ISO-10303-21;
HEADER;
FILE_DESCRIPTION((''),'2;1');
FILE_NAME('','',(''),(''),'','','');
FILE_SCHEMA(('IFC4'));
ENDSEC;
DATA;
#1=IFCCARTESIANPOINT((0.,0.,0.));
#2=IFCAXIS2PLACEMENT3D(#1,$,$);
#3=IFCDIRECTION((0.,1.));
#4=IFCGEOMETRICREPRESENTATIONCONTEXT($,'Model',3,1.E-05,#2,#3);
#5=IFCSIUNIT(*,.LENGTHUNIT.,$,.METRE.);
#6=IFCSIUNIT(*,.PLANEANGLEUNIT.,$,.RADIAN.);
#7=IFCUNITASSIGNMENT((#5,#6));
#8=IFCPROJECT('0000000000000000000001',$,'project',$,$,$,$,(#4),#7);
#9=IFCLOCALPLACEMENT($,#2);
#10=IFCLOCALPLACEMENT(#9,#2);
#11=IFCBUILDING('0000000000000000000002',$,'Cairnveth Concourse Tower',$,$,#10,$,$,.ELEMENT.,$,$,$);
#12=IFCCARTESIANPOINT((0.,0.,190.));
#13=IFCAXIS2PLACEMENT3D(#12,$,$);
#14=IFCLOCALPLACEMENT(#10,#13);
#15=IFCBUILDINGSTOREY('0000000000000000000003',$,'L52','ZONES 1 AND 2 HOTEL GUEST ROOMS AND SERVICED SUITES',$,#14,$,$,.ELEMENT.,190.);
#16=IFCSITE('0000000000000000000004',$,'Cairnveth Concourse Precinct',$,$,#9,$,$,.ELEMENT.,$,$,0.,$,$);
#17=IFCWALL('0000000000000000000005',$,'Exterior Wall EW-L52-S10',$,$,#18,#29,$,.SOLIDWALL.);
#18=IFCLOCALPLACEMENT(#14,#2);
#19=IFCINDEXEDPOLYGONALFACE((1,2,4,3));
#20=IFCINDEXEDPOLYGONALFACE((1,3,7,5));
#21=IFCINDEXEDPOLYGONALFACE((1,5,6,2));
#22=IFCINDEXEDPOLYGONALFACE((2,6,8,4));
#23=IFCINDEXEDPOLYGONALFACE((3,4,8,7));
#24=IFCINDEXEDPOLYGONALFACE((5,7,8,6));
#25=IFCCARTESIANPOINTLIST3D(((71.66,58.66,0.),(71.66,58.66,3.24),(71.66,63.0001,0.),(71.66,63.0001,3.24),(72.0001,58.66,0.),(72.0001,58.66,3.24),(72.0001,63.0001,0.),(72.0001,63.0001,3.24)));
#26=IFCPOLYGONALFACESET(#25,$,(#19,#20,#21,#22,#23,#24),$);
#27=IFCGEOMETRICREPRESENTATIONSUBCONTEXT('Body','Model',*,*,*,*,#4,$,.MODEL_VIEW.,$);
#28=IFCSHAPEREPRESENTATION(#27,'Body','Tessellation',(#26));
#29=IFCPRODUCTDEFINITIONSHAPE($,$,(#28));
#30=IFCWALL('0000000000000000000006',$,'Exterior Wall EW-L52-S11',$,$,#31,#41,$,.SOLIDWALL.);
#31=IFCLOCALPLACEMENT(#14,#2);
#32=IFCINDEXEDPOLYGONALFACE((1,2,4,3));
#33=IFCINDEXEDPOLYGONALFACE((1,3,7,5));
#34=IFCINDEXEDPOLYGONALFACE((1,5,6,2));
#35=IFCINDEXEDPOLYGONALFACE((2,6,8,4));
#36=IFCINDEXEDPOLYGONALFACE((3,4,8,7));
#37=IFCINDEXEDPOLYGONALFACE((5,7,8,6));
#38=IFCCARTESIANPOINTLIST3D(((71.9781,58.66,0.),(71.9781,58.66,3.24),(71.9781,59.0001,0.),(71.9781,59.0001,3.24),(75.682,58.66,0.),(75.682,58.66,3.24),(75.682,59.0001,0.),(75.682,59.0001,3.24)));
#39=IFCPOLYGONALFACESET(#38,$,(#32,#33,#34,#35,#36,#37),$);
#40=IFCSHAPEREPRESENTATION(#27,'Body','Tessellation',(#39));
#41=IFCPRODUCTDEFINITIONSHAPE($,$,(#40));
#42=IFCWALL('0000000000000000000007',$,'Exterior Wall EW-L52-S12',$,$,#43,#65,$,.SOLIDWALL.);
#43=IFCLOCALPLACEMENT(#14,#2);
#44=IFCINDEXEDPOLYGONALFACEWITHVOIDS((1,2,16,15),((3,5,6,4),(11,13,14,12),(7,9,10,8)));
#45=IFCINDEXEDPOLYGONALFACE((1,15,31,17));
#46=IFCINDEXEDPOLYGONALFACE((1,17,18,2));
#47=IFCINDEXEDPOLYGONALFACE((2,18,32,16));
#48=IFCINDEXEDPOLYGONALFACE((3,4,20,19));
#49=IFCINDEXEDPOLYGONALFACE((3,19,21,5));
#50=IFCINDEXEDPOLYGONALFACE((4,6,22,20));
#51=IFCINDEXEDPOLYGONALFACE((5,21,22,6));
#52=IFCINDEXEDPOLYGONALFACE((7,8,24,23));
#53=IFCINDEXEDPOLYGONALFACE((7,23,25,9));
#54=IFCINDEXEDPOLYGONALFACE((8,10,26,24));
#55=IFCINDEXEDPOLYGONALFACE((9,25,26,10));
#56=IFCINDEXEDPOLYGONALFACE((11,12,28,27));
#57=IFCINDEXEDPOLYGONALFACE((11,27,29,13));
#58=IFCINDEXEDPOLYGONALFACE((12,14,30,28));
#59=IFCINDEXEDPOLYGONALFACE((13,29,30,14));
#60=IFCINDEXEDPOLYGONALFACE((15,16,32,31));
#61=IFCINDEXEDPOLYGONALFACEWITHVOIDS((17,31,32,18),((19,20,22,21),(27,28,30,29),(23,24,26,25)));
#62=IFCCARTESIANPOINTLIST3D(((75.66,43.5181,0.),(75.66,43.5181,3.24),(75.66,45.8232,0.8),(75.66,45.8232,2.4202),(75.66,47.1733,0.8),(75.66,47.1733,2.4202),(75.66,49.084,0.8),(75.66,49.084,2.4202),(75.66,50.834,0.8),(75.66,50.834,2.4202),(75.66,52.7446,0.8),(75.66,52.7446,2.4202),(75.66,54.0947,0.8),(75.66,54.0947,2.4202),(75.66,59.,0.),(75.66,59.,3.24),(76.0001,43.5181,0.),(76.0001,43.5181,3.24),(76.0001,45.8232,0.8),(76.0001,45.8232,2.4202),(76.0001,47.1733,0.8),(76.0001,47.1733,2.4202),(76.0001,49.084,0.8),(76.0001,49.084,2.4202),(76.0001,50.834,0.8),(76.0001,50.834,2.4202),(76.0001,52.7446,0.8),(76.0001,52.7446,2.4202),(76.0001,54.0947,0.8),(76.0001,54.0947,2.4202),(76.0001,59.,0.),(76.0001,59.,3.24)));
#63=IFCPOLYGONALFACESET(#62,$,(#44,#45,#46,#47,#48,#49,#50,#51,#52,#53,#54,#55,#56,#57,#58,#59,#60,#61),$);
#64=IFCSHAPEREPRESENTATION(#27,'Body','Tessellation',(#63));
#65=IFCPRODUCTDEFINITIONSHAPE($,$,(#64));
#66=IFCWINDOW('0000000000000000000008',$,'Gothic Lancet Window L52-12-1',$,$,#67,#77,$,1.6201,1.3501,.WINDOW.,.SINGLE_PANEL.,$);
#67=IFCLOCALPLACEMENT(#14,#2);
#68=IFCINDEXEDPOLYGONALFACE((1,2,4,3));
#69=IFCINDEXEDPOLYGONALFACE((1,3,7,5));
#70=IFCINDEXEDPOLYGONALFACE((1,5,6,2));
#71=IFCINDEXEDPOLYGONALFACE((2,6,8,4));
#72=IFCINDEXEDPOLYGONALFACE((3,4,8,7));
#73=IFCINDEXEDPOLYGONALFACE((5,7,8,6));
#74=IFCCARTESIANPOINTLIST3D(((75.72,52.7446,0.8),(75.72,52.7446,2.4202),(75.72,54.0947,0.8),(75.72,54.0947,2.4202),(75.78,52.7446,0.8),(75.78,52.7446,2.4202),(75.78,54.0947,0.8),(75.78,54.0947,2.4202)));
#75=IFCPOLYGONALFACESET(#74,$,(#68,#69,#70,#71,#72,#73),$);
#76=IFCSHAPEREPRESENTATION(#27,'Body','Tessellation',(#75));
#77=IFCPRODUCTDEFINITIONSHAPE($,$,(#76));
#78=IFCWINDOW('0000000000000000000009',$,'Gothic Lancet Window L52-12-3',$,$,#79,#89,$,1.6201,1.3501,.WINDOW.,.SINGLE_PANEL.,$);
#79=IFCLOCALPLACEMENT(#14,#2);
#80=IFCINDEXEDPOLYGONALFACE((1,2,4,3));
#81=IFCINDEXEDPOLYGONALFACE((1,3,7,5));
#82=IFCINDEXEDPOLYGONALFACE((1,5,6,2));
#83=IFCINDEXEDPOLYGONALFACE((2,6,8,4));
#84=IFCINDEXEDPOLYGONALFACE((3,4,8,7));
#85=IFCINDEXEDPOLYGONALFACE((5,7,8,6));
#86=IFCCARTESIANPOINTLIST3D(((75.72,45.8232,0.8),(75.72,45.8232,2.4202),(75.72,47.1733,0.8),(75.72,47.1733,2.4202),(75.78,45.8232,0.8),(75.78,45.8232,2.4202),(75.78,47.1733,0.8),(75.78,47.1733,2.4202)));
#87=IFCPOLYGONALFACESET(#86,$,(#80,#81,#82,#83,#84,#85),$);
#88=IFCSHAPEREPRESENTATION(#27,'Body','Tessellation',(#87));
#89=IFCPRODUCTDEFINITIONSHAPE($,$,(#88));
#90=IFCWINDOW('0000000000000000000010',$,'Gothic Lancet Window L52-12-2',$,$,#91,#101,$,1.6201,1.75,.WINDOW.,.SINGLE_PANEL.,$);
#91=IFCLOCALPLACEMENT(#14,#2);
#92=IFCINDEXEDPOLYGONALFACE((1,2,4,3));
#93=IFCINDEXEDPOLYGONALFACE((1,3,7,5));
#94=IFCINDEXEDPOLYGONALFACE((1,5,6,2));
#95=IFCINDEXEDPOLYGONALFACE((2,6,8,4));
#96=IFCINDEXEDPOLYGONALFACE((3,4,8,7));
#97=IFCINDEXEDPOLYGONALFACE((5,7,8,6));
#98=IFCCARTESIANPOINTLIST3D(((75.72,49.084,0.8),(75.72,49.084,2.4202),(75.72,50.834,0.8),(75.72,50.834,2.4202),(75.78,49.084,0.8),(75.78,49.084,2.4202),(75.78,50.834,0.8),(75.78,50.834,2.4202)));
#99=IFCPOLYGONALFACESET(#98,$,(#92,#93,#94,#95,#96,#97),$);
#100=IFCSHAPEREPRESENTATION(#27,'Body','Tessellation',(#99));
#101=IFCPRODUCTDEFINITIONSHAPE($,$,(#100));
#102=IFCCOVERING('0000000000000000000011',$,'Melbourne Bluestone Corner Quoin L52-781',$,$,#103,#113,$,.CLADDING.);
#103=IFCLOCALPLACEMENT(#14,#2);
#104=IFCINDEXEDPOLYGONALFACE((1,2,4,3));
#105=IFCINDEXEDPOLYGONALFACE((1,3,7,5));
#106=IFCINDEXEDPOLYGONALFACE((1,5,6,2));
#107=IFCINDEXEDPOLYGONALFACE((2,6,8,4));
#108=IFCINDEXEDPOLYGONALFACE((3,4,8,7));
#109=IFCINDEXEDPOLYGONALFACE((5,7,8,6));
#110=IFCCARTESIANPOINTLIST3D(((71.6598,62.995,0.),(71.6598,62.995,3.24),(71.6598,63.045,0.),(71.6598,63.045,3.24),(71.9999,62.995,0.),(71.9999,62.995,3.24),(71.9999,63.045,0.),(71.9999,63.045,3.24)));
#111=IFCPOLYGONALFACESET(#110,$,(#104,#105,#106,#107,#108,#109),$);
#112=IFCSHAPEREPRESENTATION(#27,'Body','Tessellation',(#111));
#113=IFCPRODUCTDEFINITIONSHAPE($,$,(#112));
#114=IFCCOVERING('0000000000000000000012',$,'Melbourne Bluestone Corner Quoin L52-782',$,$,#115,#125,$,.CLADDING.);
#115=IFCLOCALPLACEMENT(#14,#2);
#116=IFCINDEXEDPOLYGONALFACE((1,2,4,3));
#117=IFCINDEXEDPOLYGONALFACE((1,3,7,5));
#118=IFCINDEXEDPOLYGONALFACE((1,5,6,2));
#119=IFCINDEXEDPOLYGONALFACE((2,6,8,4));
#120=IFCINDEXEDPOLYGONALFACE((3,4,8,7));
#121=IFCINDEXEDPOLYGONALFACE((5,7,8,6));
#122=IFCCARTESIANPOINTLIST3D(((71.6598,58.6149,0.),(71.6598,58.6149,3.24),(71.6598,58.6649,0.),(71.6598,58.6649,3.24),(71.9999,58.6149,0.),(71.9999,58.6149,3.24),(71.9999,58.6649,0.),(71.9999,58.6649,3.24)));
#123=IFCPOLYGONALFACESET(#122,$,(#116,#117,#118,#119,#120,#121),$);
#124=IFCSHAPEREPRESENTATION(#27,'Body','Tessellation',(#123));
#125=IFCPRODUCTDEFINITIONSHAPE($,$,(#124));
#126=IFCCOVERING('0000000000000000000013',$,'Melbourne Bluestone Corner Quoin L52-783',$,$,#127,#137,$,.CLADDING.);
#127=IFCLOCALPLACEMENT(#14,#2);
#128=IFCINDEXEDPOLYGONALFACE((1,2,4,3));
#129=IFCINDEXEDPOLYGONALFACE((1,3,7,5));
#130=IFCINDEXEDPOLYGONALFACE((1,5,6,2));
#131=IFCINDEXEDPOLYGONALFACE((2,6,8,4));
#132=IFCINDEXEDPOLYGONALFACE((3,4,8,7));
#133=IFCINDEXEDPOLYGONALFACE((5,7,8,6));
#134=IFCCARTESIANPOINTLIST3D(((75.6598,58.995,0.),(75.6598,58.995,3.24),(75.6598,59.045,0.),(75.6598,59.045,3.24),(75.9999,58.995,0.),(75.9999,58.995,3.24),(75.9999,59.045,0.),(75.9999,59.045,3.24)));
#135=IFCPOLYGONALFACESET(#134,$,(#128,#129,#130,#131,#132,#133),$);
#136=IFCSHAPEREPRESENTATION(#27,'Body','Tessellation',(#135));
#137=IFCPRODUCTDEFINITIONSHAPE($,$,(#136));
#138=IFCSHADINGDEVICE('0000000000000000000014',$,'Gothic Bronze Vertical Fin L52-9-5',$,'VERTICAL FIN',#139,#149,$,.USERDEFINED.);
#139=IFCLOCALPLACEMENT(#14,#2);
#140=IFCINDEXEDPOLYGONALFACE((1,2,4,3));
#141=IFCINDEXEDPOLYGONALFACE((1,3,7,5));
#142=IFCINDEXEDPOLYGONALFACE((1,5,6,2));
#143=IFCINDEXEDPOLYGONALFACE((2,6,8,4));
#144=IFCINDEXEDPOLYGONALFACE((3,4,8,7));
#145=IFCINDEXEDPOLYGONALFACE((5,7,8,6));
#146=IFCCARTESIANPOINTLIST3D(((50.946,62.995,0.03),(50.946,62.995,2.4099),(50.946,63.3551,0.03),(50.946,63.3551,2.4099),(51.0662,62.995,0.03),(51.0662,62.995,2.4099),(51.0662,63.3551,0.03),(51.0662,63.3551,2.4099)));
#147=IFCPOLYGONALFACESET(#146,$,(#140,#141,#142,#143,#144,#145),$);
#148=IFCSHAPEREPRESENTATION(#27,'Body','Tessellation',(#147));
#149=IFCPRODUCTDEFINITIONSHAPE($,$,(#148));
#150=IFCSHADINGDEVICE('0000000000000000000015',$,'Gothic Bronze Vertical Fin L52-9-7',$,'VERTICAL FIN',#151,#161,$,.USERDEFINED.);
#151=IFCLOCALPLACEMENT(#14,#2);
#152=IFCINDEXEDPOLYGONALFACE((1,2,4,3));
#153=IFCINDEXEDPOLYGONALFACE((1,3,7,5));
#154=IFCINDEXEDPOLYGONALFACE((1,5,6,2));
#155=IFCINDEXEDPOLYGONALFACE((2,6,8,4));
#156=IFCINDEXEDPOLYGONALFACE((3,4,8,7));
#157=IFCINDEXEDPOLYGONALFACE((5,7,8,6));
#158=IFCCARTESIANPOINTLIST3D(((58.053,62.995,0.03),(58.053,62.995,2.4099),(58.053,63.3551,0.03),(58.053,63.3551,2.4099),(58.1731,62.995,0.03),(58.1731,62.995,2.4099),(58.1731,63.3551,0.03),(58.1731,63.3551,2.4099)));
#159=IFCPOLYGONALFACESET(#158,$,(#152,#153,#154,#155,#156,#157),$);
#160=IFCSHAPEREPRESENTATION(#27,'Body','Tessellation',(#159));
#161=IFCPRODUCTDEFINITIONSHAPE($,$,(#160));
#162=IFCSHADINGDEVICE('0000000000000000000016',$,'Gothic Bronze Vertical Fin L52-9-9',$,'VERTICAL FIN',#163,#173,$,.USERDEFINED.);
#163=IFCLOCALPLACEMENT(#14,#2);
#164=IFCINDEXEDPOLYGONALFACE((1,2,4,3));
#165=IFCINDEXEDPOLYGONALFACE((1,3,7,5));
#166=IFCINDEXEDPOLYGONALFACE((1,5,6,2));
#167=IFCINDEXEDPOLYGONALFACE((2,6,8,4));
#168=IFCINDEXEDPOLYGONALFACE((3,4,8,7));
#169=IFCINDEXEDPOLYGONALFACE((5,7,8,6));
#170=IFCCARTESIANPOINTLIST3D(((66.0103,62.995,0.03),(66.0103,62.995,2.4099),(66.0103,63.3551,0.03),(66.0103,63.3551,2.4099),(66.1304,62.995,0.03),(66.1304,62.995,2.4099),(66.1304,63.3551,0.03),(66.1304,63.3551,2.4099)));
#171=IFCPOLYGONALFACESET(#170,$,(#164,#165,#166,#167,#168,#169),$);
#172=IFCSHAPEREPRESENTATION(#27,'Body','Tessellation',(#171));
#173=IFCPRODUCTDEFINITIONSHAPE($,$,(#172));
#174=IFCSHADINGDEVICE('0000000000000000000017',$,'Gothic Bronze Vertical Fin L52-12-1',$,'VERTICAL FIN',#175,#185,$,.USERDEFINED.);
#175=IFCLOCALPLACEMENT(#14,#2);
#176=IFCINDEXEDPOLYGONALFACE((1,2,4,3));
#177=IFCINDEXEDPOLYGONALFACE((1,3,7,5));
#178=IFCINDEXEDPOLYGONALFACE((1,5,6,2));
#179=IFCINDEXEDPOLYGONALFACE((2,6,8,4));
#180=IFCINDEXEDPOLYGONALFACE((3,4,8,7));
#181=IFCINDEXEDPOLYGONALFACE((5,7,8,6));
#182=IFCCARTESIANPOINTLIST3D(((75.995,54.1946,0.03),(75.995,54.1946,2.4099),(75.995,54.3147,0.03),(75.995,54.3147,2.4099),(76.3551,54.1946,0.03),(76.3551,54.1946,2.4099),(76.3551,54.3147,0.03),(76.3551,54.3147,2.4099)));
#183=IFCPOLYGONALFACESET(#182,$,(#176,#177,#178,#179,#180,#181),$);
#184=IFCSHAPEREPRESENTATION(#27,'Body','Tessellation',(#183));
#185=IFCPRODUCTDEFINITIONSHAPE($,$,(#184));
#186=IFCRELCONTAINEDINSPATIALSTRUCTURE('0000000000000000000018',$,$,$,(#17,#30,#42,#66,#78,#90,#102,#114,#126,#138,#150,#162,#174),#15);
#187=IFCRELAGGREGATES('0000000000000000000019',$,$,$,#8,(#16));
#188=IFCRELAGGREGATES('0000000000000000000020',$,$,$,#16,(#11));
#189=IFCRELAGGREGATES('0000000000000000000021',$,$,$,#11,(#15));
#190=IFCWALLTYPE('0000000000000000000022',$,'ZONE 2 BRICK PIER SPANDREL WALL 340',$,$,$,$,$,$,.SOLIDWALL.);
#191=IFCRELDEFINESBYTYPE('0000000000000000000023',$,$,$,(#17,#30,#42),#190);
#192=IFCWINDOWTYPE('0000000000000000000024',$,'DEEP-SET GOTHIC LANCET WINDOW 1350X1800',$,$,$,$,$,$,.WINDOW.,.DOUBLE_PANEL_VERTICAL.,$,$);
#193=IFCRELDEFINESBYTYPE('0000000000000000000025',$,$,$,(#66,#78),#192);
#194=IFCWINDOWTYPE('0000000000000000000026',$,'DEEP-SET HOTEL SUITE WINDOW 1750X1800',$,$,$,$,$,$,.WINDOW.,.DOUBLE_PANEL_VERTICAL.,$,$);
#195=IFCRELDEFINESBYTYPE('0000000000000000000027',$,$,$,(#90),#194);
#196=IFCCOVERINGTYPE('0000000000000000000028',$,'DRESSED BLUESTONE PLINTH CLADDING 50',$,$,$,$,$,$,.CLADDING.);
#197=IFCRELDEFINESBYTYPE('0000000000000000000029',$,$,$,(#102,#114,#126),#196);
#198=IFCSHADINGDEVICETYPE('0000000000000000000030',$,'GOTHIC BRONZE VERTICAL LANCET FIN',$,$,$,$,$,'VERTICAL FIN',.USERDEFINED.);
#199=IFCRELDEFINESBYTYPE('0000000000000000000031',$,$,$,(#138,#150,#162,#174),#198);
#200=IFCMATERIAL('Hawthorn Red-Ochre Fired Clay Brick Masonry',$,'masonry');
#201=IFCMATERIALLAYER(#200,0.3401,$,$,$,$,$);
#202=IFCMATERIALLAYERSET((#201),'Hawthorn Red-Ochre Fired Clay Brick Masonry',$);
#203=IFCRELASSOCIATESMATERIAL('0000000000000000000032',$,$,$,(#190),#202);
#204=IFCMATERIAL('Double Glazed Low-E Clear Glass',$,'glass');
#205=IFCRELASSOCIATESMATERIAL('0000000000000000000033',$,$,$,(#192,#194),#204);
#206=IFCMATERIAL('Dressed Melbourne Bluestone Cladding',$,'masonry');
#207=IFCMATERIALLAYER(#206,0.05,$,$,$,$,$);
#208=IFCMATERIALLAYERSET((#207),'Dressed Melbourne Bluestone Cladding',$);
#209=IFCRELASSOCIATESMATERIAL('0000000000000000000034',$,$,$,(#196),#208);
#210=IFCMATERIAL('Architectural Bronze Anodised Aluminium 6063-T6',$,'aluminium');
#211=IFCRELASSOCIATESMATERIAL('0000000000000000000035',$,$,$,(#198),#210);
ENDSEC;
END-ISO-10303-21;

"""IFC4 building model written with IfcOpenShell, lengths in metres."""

from ifc_helpers import new_model, si_unit, direction, frame, frame_2d, origin, origin_2d, place, context, subcontext, project, spatial, rectangle, extrude, material, layer, layer_set, type_object, element, fill, save


model = new_model("IFC4")

# Units and contexts
model_context = context("Model", 3, precision=1e-05, world=origin(), true_north=direction((0.0, 1.0)))
body_context = subcontext(model_context, "Body", "Model", "MODEL_VIEW")
ifc_project = project(units=[si_unit("LENGTHUNIT", "METRE"), si_unit("PLANEANGLEUNIT", "RADIAN")], contexts=[model_context])

# Site, building, storey
site_placement = place(None, origin())
site = spatial("IfcSite", under=ifc_project, at=site_placement, Name="Cairnveth Concourse Precinct", CompositionType="ELEMENT", RefElevation=0.0)
building_placement = place(site_placement, origin())
building = spatial("IfcBuilding", under=site, at=building_placement, Name="Cairnveth Concourse Tower", CompositionType="ELEMENT")
storey_placement = place(building_placement, frame((0.0, 0.0, 190.0)))
storey = spatial("IfcBuildingStorey", under=building, at=storey_placement, Name="L52", Description="ZONES 1 AND 2 HOTEL GUEST ROOMS AND SERVICED SUITES", CompositionType="ELEMENT", Elevation=190.0)

# Walls
ifc_material_1 = material(Name="Hawthorn Red-Ochre Fired Clay Brick Masonry", Category="masonry")
ifc_layer_1 = layer(ifc_material_1, 0.3401)
ifc_layer_set_1 = layer_set([ifc_layer_1], Name="Hawthorn Red-Ochre Fired Clay Brick Masonry")
wall_type_1 = type_object("IfcWallType", Name="ZONE 2 BRICK PIER SPANDREL WALL 340", PredefinedType="SOLIDWALL", material=ifc_layer_set_1)
wall_1_placement = place(storey_placement, frame((71.8301, 63.0, 0.0), z_axis=(0.0, 0.0, 1.0), x_axis=(0.0, -1.0, 0.0)))
element("IfcWall", 1, at=wall_1_placement, inside=storey, type_object=wall_type_1, Name="Exterior Wall EW-L52-S10", PredefinedType="SOLIDWALL", context=body_context, shape_type="SweptSolid", body=[
    extrude(rectangle(XDim=4.3401, YDim=0.3401, at=frame_2d((2.1699, 0.0))), origin(), (0.0, 0.0, 1.0), 3.24),
])
wall_2_placement = place(storey_placement, frame((71.978, 58.8301, 0.0), z_axis=(0.0, 0.0, 1.0), x_axis=(1.0, 0.0, 0.0)))
element("IfcWall", 2, at=wall_2_placement, inside=storey, type_object=wall_type_1, Name="Exterior Wall EW-L52-S11", PredefinedType="SOLIDWALL", context=body_context, shape_type="SweptSolid", body=[
    extrude(rectangle(XDim=3.7039, YDim=0.3401, at=frame_2d((1.8521, 0.0))), origin(), (0.0, 0.0, 1.0), 3.24),
])

# Wall, openings, windows
wall_3_placement = place(storey_placement, frame((75.8301, 59.0, 0.0), z_axis=(0.0, 0.0, 1.0), x_axis=(0.0, -1.0, 0.0)))
wall_3 = element("IfcWall", 3, at=wall_3_placement, inside=storey, type_object=wall_type_1, Name="Exterior Wall EW-L52-S12", PredefinedType="SOLIDWALL", context=body_context, shape_type="SweptSolid", body=[
    extrude(rectangle(XDim=15.4819, YDim=0.3401, at=frame_2d((7.741, 0.0))), origin(), (0.0, 0.0, 1.0), 3.24),
])
opening_1_placement = place(wall_3_placement, frame((4.9053, 0.0, 0.8)))
opening_1 = element("IfcOpeningElement", 4, at=opening_1_placement, cuts=wall_3, PredefinedType="OPENING", context=body_context, shape_type="SweptSolid", body=[
    extrude(rectangle(XDim=1.3501, YDim=1.6201, at=frame_2d((0.675, 0.8101))), frame((0.0, 0.1799, 0.0), z_axis=(0.0, -1.0, 0.0), x_axis=(1.0, 0.0, 0.0)), (0.0, 0.0, 1.0), 0.3601),
])
opening_2_placement = place(wall_3_placement, frame((8.166, 0.0, 0.8)))
opening_2 = element("IfcOpeningElement", 5, at=opening_2_placement, cuts=wall_3, PredefinedType="OPENING", context=body_context, shape_type="SweptSolid", body=[
    extrude(rectangle(XDim=1.75, YDim=1.6201, at=frame_2d((0.875, 0.8101))), frame((0.0, 0.1799, 0.0), z_axis=(0.0, -1.0, 0.0), x_axis=(1.0, 0.0, 0.0)), (0.0, 0.0, 1.0), 0.3601),
])
opening_3_placement = place(wall_3_placement, frame((11.8267, 0.0, 0.8)))
opening_3 = element("IfcOpeningElement", 6, at=opening_3_placement, cuts=wall_3, PredefinedType="OPENING", context=body_context, shape_type="SweptSolid", body=[
    extrude(rectangle(XDim=1.3501, YDim=1.6201, at=frame_2d((0.675, 0.8101))), frame((0.0, 0.1799, 0.0), z_axis=(0.0, -1.0, 0.0), x_axis=(1.0, 0.0, 0.0)), (0.0, 0.0, 1.0), 0.3601),
])
ifc_material_2 = material(Name="Double Glazed Low-E Clear Glass", Category="glass")
window_type_1 = type_object("IfcWindowType", Name="DEEP-SET GOTHIC LANCET WINDOW 1350X1800", PartitioningType="DOUBLE_PANEL_VERTICAL", PredefinedType="WINDOW", material=ifc_material_2)
window_1_placement = place(opening_1_placement, origin())
window_1 = element("IfcWindow", 7, at=window_1_placement, inside=storey, type_object=window_type_1, Name="Gothic Lancet Window L52-12-1", OverallHeight=1.6201, OverallWidth=1.3501, PartitioningType="SINGLE_PANEL", PredefinedType="WINDOW", context=body_context, shape_type="SweptSolid", body=[
    extrude(rectangle(XDim=1.3501, YDim=1.6201, at=frame_2d((0.675, 0.8101))), frame((0.0, -0.05, 0.0), z_axis=(0.0, -1.0, 0.0), x_axis=(1.0, 0.0, 0.0)), (0.0, 0.0, 1.0), 0.0601),
])
fill(opening_1, window_1)
window_2_placement = place(opening_3_placement, origin())
window_2 = element("IfcWindow", 8, at=window_2_placement, inside=storey, type_object=window_type_1, Name="Gothic Lancet Window L52-12-3", OverallHeight=1.6201, OverallWidth=1.3501, PartitioningType="SINGLE_PANEL", PredefinedType="WINDOW", context=body_context, shape_type="SweptSolid", body=[
    extrude(rectangle(XDim=1.3501, YDim=1.6201, at=frame_2d((0.675, 0.8101))), frame((0.0, -0.05, 0.0), z_axis=(0.0, -1.0, 0.0), x_axis=(1.0, 0.0, 0.0)), (0.0, 0.0, 1.0), 0.0601),
])
fill(opening_3, window_2)
window_type_2 = type_object("IfcWindowType", Name="DEEP-SET HOTEL SUITE WINDOW 1750X1800", PartitioningType="DOUBLE_PANEL_VERTICAL", PredefinedType="WINDOW", material=ifc_material_2)
window_3_placement = place(opening_2_placement, origin())
window_3 = element("IfcWindow", 9, at=window_3_placement, inside=storey, type_object=window_type_2, Name="Gothic Lancet Window L52-12-2", OverallHeight=1.6201, OverallWidth=1.75, PartitioningType="SINGLE_PANEL", PredefinedType="WINDOW", context=body_context, shape_type="SweptSolid", body=[
    extrude(rectangle(XDim=1.75, YDim=1.6201, at=frame_2d((0.875, 0.8101))), frame((0.0, -0.05, 0.0), z_axis=(0.0, -1.0, 0.0), x_axis=(1.0, 0.0, 0.0)), (0.0, 0.0, 1.0), 0.0601),
])
fill(opening_2, window_3)

# Coverings
ifc_material_3 = material(Name="Dressed Melbourne Bluestone Cladding", Category="masonry")
ifc_layer_2 = layer(ifc_material_3, 0.05)
ifc_layer_set_2 = layer_set([ifc_layer_2], Name="Dressed Melbourne Bluestone Cladding")
covering_type = type_object("IfcCoveringType", Name="DRESSED BLUESTONE PLINTH CLADDING 50", PredefinedType="CLADDING", material=ifc_layer_set_2)
for number, where, z_axis, x_axis, name in (
    (10, (71.6599, 63.02, 0.0), (0.0, 0.0, 1.0), (1.0, 0.0, 0.0), "Melbourne Bluestone Corner Quoin L52-781"),
    (11, (71.6599, 58.6399, 0.0), (0.0, 0.0, 1.0), (1.0, 0.0, 0.0), "Melbourne Bluestone Corner Quoin L52-782"),
    (12, (75.6599, 59.02, 0.0), (0.0, 0.0, 1.0), (1.0, 0.0, 0.0), "Melbourne Bluestone Corner Quoin L52-783"),
):
    element("IfcCovering", number, at=place(storey_placement, frame(where, z_axis=z_axis, x_axis=x_axis)), inside=storey, type_object=covering_type, Name=name, PredefinedType="CLADDING", context=body_context, shape_type="SweptSolid", body=[
        extrude(rectangle(XDim=0.3401, YDim=0.05, at=frame_2d((0.1699, 0.0))), origin(), (0.0, 0.0, 1.0), 3.24),
    ])

# Shading devices
ifc_material_4 = material(Name="Architectural Bronze Anodised Aluminium 6063-T6", Category="aluminium")
shading_device_type = type_object("IfcShadingDeviceType", Name="GOTHIC BRONZE VERTICAL LANCET FIN", ElementType="VERTICAL FIN", PredefinedType="USERDEFINED", material=ifc_material_4)
for number, where, z_axis, x_axis, name in (
    (13, (51.0061, 63.175, 0.03), (0.0, 0.0, 1.0), (1.0, 0.0, 0.0), "Gothic Bronze Vertical Fin L52-9-5"),
    (14, (58.113, 63.175, 0.03), (0.0, 0.0, 1.0), (1.0, 0.0, 0.0), "Gothic Bronze Vertical Fin L52-9-7"),
    (15, (66.0703, 63.175, 0.03), (0.0, 0.0, 1.0), (1.0, 0.0, 0.0), "Gothic Bronze Vertical Fin L52-9-9"),
    (16, (76.175, 54.2546, 0.03), (0.0, 0.0, 1.0), (0.0, 1.0, 0.0), "Gothic Bronze Vertical Fin L52-12-1"),
):
    element("IfcShadingDevice", number, at=place(storey_placement, frame(where, z_axis=z_axis, x_axis=x_axis)), inside=storey, type_object=shading_device_type, Name=name, ObjectType="VERTICAL FIN", PredefinedType="USERDEFINED", context=body_context, shape_type="SweptSolid", body=[
        extrude(rectangle(XDim=0.1201, YDim=0.3601, at=origin_2d()), origin(), (0.0, 0.0, 1.0), 2.3799),
    ])

save(model, "model.ifc")
